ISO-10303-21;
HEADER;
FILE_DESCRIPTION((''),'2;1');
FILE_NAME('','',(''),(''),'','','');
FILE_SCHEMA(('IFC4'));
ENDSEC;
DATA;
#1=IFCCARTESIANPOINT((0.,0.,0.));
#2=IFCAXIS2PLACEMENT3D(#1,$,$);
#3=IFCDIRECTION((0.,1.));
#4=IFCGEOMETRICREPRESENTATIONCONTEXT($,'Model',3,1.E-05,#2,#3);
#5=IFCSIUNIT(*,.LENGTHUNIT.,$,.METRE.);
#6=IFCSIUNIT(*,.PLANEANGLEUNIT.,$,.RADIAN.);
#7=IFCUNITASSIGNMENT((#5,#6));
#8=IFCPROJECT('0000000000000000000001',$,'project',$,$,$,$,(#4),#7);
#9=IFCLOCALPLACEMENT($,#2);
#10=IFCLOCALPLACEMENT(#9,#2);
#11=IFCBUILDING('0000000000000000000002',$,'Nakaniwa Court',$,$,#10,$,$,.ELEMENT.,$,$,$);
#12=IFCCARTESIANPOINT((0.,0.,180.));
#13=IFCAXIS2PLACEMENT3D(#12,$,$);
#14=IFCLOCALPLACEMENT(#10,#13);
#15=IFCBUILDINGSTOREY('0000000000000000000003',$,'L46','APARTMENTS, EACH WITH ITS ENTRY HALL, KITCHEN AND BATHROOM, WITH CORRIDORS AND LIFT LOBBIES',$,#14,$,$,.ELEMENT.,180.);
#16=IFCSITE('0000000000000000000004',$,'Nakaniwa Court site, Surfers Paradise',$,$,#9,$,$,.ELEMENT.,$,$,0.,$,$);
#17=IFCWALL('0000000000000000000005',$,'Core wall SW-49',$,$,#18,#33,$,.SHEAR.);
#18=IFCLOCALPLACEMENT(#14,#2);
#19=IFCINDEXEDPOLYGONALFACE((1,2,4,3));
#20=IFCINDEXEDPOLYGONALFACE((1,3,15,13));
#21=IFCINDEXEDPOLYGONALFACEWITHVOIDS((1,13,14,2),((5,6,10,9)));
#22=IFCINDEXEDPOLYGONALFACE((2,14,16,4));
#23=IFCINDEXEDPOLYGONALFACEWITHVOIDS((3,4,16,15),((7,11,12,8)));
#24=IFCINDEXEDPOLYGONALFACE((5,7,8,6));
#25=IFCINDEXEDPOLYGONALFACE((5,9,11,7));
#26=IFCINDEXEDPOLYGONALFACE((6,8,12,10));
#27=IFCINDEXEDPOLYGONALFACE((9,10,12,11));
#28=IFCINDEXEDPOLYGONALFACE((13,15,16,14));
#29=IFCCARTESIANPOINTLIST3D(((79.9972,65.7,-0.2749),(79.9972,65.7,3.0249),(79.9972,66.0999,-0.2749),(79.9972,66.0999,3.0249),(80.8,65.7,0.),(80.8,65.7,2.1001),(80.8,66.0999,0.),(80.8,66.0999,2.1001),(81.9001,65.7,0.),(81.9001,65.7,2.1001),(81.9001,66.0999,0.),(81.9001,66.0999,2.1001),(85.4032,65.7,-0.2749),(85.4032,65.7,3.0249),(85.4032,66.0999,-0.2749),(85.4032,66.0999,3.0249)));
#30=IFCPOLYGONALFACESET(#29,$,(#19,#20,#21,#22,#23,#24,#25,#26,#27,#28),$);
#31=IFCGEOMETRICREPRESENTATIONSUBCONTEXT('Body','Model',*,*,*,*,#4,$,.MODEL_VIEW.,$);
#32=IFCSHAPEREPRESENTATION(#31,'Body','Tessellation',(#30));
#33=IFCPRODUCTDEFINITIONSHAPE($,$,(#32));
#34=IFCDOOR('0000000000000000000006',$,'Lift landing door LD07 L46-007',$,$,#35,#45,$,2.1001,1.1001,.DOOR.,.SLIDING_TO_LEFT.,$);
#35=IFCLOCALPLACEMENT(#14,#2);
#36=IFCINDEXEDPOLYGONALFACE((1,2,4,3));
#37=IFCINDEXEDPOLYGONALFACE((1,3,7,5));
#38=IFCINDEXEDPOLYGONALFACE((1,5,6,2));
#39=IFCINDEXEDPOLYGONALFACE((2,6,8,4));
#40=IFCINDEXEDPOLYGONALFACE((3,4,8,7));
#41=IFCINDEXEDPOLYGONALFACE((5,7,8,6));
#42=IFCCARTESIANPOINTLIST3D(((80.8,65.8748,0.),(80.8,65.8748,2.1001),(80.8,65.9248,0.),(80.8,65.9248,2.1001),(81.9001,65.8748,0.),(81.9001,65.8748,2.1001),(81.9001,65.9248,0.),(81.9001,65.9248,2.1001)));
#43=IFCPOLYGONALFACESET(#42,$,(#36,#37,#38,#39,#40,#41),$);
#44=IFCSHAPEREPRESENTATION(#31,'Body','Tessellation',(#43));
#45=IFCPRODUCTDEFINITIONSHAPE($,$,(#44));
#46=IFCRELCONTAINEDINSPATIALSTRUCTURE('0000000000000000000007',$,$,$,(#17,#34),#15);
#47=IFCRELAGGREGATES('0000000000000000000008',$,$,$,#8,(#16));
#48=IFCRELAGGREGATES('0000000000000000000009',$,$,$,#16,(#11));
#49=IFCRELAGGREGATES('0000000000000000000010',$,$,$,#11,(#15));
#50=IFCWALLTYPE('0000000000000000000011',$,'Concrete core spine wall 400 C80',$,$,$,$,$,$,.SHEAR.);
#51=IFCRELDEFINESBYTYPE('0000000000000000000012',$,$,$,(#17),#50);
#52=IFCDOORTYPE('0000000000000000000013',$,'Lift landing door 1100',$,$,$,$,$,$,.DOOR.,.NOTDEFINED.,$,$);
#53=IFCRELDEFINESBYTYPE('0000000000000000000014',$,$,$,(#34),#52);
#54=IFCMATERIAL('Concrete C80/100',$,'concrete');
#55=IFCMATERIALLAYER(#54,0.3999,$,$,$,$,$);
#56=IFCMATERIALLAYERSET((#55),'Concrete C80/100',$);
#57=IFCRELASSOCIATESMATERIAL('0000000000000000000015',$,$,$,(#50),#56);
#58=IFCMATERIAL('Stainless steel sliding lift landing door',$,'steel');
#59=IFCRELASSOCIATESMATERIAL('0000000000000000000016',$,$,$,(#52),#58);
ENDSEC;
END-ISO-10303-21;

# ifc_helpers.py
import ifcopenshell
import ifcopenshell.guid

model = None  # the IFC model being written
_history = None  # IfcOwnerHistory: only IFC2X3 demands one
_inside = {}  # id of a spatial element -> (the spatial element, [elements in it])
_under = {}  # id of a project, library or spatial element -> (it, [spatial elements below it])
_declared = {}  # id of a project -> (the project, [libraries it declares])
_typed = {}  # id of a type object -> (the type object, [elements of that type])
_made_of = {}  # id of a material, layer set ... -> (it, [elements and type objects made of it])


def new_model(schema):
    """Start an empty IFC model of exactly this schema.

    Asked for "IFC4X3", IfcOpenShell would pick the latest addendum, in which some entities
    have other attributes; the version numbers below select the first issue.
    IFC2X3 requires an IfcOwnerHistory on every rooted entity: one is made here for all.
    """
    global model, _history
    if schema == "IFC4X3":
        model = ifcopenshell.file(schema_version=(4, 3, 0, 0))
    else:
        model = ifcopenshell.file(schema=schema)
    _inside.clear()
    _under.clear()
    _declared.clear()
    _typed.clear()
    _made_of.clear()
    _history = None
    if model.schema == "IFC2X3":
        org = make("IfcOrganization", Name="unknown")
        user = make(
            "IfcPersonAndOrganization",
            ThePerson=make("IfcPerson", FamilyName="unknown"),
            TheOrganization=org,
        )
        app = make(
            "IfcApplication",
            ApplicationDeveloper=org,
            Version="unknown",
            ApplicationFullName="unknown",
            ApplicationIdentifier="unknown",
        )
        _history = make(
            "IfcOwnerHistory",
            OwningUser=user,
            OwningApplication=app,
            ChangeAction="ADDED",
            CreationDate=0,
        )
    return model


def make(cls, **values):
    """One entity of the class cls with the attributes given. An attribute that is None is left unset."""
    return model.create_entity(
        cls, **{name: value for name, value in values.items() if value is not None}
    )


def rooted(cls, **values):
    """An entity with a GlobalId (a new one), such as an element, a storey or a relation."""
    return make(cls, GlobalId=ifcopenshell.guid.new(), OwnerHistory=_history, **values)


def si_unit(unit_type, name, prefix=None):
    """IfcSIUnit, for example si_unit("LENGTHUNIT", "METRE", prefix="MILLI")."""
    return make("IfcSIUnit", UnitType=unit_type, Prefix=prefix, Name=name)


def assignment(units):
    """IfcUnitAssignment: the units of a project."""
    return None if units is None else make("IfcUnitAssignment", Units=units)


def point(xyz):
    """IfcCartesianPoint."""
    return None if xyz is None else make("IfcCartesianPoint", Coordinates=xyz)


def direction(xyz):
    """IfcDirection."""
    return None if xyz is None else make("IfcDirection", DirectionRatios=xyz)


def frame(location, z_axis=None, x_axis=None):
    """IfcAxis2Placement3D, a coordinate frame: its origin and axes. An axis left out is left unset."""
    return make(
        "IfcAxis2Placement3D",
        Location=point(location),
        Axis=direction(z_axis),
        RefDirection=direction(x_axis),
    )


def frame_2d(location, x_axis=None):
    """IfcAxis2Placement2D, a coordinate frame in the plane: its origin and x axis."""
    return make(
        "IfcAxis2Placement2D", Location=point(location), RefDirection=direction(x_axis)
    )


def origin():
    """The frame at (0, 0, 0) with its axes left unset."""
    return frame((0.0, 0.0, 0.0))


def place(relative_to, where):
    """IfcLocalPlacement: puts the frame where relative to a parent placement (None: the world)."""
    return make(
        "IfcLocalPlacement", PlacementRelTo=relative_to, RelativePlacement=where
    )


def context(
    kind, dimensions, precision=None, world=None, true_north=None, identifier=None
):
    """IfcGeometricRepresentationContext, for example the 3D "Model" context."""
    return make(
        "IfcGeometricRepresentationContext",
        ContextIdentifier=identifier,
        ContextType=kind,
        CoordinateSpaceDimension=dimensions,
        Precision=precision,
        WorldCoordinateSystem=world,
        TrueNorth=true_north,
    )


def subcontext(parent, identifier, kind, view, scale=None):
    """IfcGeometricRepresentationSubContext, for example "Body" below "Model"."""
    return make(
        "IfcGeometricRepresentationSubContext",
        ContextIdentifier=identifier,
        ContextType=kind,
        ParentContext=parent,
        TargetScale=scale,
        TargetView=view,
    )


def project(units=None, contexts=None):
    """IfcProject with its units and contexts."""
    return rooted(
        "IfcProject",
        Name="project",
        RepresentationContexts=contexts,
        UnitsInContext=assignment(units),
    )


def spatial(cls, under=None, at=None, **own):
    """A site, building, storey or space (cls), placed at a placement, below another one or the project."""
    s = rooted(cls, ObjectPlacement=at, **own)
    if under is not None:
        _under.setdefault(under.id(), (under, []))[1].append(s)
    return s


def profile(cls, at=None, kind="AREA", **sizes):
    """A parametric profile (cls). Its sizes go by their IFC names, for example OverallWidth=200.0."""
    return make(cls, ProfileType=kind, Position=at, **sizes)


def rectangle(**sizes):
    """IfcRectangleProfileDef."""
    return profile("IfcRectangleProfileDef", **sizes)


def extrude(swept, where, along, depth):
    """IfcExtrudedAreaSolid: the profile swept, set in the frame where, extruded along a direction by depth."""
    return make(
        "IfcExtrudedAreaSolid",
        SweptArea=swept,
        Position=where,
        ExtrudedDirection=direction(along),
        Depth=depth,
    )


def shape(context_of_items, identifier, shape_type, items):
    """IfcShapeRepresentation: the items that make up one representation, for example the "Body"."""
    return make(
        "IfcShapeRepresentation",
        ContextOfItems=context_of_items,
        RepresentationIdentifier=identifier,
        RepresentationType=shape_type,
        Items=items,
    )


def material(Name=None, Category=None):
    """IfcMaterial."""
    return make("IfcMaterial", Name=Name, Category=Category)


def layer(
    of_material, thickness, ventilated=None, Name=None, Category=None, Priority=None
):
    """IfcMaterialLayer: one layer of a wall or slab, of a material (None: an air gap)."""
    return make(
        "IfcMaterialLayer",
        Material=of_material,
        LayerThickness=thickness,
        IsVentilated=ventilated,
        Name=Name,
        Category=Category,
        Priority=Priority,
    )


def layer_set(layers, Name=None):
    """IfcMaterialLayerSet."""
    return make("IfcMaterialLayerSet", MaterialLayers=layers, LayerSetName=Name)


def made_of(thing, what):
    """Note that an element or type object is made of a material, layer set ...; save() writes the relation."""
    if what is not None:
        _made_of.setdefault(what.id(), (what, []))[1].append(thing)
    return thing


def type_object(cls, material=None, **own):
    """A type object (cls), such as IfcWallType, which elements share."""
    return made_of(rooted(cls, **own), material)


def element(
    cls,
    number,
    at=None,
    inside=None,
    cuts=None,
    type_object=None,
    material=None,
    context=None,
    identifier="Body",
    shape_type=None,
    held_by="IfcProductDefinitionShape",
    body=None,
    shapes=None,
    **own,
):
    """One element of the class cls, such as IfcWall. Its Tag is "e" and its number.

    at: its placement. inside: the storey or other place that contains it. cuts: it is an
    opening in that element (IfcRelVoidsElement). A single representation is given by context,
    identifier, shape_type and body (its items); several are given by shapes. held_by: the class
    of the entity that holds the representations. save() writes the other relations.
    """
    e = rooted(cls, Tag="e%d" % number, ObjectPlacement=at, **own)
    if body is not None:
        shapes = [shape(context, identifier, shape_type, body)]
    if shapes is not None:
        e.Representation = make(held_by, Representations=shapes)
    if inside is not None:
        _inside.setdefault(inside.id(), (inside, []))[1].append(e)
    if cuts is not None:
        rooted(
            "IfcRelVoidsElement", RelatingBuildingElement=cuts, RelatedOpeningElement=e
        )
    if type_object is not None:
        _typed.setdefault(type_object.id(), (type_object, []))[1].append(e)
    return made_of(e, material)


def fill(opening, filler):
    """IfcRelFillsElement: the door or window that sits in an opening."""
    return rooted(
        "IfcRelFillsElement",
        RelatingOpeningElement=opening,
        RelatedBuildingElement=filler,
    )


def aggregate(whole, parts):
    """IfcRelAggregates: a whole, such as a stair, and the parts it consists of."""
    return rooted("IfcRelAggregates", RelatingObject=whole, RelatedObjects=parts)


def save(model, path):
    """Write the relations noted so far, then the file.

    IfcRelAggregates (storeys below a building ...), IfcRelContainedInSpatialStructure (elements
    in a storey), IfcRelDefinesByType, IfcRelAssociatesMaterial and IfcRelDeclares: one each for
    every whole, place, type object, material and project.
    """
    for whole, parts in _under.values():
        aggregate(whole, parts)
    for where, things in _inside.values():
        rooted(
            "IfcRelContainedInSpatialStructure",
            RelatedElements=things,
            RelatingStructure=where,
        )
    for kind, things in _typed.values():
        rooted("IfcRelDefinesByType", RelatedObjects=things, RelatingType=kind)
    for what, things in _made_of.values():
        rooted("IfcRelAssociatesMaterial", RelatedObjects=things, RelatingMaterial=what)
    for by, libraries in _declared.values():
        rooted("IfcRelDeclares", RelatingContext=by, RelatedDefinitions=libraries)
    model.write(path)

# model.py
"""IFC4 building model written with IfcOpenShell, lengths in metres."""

from ifc_helpers import new_model, si_unit, direction, frame, frame_2d, origin, place, context, subcontext, project, spatial, rectangle, extrude, material, layer, layer_set, type_object, element, fill, save


model = new_model("IFC4")

# Units and contexts
model_context = context("Model", 3, precision=1e-05, world=origin(), true_north=direction((0.0, 1.0)))
body_context = subcontext(model_context, "Body", "Model", "MODEL_VIEW")
ifc_project = project(units=[si_unit("LENGTHUNIT", "METRE"), si_unit("PLANEANGLEUNIT", "RADIAN")], contexts=[model_context])

# Site, building, storey
site_placement = place(None, origin())
site = spatial("IfcSite", under=ifc_project, at=site_placement, Name="Nakaniwa Court site, Surfers Paradise", CompositionType="ELEMENT", RefElevation=0.0)
building_placement = place(site_placement, origin())
building = spatial("IfcBuilding", under=site, at=building_placement, Name="Nakaniwa Court", CompositionType="ELEMENT")
storey_placement = place(building_placement, frame((0.0, 0.0, 180.0)))
storey = spatial("IfcBuildingStorey", under=building, at=storey_placement, Name="L46", Description="APARTMENTS, EACH WITH ITS ENTRY HALL, KITCHEN AND BATHROOM, WITH CORRIDORS AND LIFT LOBBIES", CompositionType="ELEMENT", Elevation=180.0)

# Shared definitions
ifc_material_1 = material(Name="Concrete C80/100", Category="concrete")

# Wall, opening, door
ifc_layer_1 = layer(ifc_material_1, 0.3999)
ifc_layer_set_1 = layer_set([ifc_layer_1], Name="Concrete C80/100")
wall_type_1 = type_object("IfcWallType", Name="Concrete core spine wall 400 C80", PredefinedType="SHEAR", material=ifc_layer_set_1)
wall_1_placement = place(storey_placement, frame((79.9971, 65.8999, -0.2749), z_axis=(0.0, 0.0, 1.0), x_axis=(1.0, 0.0, 0.0)))
wall_1 = element("IfcWall", 1, at=wall_1_placement, inside=storey, type_object=wall_type_1, Name="Core wall SW-49", PredefinedType="SHEAR", context=body_context, shape_type="SweptSolid", body=[
    extrude(rectangle(XDim=5.406, YDim=0.3999, at=frame_2d((2.7031, 0.0))), origin(), (0.0, 0.0, 1.0), 3.2998),
])
opening_1_placement = place(wall_1_placement, frame((0.803, 0.0, 0.2749)))
opening_1 = element("IfcOpeningElement", 2, at=opening_1_placement, cuts=wall_1, PredefinedType="OPENING", context=body_context, shape_type="SweptSolid", body=[
    extrude(rectangle(XDim=1.1001, YDim=2.1001, at=frame_2d((0.55, 1.05))), frame((0.0, 0.21, 0.0), z_axis=(0.0, -1.0, 0.0), x_axis=(1.0, 0.0, 0.0)), (0.0, 0.0, 1.0), 0.4199),
])
ifc_material_2 = material(Name="Stainless steel sliding lift landing door", Category="steel")
door_type_1 = type_object("IfcDoorType", Name="Lift landing door 1100", OperationType="NOTDEFINED", PredefinedType="DOOR", material=ifc_material_2)
door_1_placement = place(opening_1_placement, origin())
door_1 = element("IfcDoor", 3, at=door_1_placement, inside=storey, type_object=door_type_1, Name="Lift landing door LD07 L46-007", OperationType="SLIDING_TO_LEFT", OverallHeight=2.1001, OverallWidth=1.1001, PredefinedType="DOOR", context=body_context, shape_type="SweptSolid", body=[
    extrude(rectangle(XDim=1.1001, YDim=2.1001, at=frame_2d((0.55, 1.05))), frame((0.0, 0.0249, 0.0), z_axis=(0.0, -1.0, 0.0), x_axis=(1.0, 0.0, 0.0)), (0.0, 0.0, 1.0), 0.05),
])
fill(opening_1, door_1)

save(model, "model.ifc")
